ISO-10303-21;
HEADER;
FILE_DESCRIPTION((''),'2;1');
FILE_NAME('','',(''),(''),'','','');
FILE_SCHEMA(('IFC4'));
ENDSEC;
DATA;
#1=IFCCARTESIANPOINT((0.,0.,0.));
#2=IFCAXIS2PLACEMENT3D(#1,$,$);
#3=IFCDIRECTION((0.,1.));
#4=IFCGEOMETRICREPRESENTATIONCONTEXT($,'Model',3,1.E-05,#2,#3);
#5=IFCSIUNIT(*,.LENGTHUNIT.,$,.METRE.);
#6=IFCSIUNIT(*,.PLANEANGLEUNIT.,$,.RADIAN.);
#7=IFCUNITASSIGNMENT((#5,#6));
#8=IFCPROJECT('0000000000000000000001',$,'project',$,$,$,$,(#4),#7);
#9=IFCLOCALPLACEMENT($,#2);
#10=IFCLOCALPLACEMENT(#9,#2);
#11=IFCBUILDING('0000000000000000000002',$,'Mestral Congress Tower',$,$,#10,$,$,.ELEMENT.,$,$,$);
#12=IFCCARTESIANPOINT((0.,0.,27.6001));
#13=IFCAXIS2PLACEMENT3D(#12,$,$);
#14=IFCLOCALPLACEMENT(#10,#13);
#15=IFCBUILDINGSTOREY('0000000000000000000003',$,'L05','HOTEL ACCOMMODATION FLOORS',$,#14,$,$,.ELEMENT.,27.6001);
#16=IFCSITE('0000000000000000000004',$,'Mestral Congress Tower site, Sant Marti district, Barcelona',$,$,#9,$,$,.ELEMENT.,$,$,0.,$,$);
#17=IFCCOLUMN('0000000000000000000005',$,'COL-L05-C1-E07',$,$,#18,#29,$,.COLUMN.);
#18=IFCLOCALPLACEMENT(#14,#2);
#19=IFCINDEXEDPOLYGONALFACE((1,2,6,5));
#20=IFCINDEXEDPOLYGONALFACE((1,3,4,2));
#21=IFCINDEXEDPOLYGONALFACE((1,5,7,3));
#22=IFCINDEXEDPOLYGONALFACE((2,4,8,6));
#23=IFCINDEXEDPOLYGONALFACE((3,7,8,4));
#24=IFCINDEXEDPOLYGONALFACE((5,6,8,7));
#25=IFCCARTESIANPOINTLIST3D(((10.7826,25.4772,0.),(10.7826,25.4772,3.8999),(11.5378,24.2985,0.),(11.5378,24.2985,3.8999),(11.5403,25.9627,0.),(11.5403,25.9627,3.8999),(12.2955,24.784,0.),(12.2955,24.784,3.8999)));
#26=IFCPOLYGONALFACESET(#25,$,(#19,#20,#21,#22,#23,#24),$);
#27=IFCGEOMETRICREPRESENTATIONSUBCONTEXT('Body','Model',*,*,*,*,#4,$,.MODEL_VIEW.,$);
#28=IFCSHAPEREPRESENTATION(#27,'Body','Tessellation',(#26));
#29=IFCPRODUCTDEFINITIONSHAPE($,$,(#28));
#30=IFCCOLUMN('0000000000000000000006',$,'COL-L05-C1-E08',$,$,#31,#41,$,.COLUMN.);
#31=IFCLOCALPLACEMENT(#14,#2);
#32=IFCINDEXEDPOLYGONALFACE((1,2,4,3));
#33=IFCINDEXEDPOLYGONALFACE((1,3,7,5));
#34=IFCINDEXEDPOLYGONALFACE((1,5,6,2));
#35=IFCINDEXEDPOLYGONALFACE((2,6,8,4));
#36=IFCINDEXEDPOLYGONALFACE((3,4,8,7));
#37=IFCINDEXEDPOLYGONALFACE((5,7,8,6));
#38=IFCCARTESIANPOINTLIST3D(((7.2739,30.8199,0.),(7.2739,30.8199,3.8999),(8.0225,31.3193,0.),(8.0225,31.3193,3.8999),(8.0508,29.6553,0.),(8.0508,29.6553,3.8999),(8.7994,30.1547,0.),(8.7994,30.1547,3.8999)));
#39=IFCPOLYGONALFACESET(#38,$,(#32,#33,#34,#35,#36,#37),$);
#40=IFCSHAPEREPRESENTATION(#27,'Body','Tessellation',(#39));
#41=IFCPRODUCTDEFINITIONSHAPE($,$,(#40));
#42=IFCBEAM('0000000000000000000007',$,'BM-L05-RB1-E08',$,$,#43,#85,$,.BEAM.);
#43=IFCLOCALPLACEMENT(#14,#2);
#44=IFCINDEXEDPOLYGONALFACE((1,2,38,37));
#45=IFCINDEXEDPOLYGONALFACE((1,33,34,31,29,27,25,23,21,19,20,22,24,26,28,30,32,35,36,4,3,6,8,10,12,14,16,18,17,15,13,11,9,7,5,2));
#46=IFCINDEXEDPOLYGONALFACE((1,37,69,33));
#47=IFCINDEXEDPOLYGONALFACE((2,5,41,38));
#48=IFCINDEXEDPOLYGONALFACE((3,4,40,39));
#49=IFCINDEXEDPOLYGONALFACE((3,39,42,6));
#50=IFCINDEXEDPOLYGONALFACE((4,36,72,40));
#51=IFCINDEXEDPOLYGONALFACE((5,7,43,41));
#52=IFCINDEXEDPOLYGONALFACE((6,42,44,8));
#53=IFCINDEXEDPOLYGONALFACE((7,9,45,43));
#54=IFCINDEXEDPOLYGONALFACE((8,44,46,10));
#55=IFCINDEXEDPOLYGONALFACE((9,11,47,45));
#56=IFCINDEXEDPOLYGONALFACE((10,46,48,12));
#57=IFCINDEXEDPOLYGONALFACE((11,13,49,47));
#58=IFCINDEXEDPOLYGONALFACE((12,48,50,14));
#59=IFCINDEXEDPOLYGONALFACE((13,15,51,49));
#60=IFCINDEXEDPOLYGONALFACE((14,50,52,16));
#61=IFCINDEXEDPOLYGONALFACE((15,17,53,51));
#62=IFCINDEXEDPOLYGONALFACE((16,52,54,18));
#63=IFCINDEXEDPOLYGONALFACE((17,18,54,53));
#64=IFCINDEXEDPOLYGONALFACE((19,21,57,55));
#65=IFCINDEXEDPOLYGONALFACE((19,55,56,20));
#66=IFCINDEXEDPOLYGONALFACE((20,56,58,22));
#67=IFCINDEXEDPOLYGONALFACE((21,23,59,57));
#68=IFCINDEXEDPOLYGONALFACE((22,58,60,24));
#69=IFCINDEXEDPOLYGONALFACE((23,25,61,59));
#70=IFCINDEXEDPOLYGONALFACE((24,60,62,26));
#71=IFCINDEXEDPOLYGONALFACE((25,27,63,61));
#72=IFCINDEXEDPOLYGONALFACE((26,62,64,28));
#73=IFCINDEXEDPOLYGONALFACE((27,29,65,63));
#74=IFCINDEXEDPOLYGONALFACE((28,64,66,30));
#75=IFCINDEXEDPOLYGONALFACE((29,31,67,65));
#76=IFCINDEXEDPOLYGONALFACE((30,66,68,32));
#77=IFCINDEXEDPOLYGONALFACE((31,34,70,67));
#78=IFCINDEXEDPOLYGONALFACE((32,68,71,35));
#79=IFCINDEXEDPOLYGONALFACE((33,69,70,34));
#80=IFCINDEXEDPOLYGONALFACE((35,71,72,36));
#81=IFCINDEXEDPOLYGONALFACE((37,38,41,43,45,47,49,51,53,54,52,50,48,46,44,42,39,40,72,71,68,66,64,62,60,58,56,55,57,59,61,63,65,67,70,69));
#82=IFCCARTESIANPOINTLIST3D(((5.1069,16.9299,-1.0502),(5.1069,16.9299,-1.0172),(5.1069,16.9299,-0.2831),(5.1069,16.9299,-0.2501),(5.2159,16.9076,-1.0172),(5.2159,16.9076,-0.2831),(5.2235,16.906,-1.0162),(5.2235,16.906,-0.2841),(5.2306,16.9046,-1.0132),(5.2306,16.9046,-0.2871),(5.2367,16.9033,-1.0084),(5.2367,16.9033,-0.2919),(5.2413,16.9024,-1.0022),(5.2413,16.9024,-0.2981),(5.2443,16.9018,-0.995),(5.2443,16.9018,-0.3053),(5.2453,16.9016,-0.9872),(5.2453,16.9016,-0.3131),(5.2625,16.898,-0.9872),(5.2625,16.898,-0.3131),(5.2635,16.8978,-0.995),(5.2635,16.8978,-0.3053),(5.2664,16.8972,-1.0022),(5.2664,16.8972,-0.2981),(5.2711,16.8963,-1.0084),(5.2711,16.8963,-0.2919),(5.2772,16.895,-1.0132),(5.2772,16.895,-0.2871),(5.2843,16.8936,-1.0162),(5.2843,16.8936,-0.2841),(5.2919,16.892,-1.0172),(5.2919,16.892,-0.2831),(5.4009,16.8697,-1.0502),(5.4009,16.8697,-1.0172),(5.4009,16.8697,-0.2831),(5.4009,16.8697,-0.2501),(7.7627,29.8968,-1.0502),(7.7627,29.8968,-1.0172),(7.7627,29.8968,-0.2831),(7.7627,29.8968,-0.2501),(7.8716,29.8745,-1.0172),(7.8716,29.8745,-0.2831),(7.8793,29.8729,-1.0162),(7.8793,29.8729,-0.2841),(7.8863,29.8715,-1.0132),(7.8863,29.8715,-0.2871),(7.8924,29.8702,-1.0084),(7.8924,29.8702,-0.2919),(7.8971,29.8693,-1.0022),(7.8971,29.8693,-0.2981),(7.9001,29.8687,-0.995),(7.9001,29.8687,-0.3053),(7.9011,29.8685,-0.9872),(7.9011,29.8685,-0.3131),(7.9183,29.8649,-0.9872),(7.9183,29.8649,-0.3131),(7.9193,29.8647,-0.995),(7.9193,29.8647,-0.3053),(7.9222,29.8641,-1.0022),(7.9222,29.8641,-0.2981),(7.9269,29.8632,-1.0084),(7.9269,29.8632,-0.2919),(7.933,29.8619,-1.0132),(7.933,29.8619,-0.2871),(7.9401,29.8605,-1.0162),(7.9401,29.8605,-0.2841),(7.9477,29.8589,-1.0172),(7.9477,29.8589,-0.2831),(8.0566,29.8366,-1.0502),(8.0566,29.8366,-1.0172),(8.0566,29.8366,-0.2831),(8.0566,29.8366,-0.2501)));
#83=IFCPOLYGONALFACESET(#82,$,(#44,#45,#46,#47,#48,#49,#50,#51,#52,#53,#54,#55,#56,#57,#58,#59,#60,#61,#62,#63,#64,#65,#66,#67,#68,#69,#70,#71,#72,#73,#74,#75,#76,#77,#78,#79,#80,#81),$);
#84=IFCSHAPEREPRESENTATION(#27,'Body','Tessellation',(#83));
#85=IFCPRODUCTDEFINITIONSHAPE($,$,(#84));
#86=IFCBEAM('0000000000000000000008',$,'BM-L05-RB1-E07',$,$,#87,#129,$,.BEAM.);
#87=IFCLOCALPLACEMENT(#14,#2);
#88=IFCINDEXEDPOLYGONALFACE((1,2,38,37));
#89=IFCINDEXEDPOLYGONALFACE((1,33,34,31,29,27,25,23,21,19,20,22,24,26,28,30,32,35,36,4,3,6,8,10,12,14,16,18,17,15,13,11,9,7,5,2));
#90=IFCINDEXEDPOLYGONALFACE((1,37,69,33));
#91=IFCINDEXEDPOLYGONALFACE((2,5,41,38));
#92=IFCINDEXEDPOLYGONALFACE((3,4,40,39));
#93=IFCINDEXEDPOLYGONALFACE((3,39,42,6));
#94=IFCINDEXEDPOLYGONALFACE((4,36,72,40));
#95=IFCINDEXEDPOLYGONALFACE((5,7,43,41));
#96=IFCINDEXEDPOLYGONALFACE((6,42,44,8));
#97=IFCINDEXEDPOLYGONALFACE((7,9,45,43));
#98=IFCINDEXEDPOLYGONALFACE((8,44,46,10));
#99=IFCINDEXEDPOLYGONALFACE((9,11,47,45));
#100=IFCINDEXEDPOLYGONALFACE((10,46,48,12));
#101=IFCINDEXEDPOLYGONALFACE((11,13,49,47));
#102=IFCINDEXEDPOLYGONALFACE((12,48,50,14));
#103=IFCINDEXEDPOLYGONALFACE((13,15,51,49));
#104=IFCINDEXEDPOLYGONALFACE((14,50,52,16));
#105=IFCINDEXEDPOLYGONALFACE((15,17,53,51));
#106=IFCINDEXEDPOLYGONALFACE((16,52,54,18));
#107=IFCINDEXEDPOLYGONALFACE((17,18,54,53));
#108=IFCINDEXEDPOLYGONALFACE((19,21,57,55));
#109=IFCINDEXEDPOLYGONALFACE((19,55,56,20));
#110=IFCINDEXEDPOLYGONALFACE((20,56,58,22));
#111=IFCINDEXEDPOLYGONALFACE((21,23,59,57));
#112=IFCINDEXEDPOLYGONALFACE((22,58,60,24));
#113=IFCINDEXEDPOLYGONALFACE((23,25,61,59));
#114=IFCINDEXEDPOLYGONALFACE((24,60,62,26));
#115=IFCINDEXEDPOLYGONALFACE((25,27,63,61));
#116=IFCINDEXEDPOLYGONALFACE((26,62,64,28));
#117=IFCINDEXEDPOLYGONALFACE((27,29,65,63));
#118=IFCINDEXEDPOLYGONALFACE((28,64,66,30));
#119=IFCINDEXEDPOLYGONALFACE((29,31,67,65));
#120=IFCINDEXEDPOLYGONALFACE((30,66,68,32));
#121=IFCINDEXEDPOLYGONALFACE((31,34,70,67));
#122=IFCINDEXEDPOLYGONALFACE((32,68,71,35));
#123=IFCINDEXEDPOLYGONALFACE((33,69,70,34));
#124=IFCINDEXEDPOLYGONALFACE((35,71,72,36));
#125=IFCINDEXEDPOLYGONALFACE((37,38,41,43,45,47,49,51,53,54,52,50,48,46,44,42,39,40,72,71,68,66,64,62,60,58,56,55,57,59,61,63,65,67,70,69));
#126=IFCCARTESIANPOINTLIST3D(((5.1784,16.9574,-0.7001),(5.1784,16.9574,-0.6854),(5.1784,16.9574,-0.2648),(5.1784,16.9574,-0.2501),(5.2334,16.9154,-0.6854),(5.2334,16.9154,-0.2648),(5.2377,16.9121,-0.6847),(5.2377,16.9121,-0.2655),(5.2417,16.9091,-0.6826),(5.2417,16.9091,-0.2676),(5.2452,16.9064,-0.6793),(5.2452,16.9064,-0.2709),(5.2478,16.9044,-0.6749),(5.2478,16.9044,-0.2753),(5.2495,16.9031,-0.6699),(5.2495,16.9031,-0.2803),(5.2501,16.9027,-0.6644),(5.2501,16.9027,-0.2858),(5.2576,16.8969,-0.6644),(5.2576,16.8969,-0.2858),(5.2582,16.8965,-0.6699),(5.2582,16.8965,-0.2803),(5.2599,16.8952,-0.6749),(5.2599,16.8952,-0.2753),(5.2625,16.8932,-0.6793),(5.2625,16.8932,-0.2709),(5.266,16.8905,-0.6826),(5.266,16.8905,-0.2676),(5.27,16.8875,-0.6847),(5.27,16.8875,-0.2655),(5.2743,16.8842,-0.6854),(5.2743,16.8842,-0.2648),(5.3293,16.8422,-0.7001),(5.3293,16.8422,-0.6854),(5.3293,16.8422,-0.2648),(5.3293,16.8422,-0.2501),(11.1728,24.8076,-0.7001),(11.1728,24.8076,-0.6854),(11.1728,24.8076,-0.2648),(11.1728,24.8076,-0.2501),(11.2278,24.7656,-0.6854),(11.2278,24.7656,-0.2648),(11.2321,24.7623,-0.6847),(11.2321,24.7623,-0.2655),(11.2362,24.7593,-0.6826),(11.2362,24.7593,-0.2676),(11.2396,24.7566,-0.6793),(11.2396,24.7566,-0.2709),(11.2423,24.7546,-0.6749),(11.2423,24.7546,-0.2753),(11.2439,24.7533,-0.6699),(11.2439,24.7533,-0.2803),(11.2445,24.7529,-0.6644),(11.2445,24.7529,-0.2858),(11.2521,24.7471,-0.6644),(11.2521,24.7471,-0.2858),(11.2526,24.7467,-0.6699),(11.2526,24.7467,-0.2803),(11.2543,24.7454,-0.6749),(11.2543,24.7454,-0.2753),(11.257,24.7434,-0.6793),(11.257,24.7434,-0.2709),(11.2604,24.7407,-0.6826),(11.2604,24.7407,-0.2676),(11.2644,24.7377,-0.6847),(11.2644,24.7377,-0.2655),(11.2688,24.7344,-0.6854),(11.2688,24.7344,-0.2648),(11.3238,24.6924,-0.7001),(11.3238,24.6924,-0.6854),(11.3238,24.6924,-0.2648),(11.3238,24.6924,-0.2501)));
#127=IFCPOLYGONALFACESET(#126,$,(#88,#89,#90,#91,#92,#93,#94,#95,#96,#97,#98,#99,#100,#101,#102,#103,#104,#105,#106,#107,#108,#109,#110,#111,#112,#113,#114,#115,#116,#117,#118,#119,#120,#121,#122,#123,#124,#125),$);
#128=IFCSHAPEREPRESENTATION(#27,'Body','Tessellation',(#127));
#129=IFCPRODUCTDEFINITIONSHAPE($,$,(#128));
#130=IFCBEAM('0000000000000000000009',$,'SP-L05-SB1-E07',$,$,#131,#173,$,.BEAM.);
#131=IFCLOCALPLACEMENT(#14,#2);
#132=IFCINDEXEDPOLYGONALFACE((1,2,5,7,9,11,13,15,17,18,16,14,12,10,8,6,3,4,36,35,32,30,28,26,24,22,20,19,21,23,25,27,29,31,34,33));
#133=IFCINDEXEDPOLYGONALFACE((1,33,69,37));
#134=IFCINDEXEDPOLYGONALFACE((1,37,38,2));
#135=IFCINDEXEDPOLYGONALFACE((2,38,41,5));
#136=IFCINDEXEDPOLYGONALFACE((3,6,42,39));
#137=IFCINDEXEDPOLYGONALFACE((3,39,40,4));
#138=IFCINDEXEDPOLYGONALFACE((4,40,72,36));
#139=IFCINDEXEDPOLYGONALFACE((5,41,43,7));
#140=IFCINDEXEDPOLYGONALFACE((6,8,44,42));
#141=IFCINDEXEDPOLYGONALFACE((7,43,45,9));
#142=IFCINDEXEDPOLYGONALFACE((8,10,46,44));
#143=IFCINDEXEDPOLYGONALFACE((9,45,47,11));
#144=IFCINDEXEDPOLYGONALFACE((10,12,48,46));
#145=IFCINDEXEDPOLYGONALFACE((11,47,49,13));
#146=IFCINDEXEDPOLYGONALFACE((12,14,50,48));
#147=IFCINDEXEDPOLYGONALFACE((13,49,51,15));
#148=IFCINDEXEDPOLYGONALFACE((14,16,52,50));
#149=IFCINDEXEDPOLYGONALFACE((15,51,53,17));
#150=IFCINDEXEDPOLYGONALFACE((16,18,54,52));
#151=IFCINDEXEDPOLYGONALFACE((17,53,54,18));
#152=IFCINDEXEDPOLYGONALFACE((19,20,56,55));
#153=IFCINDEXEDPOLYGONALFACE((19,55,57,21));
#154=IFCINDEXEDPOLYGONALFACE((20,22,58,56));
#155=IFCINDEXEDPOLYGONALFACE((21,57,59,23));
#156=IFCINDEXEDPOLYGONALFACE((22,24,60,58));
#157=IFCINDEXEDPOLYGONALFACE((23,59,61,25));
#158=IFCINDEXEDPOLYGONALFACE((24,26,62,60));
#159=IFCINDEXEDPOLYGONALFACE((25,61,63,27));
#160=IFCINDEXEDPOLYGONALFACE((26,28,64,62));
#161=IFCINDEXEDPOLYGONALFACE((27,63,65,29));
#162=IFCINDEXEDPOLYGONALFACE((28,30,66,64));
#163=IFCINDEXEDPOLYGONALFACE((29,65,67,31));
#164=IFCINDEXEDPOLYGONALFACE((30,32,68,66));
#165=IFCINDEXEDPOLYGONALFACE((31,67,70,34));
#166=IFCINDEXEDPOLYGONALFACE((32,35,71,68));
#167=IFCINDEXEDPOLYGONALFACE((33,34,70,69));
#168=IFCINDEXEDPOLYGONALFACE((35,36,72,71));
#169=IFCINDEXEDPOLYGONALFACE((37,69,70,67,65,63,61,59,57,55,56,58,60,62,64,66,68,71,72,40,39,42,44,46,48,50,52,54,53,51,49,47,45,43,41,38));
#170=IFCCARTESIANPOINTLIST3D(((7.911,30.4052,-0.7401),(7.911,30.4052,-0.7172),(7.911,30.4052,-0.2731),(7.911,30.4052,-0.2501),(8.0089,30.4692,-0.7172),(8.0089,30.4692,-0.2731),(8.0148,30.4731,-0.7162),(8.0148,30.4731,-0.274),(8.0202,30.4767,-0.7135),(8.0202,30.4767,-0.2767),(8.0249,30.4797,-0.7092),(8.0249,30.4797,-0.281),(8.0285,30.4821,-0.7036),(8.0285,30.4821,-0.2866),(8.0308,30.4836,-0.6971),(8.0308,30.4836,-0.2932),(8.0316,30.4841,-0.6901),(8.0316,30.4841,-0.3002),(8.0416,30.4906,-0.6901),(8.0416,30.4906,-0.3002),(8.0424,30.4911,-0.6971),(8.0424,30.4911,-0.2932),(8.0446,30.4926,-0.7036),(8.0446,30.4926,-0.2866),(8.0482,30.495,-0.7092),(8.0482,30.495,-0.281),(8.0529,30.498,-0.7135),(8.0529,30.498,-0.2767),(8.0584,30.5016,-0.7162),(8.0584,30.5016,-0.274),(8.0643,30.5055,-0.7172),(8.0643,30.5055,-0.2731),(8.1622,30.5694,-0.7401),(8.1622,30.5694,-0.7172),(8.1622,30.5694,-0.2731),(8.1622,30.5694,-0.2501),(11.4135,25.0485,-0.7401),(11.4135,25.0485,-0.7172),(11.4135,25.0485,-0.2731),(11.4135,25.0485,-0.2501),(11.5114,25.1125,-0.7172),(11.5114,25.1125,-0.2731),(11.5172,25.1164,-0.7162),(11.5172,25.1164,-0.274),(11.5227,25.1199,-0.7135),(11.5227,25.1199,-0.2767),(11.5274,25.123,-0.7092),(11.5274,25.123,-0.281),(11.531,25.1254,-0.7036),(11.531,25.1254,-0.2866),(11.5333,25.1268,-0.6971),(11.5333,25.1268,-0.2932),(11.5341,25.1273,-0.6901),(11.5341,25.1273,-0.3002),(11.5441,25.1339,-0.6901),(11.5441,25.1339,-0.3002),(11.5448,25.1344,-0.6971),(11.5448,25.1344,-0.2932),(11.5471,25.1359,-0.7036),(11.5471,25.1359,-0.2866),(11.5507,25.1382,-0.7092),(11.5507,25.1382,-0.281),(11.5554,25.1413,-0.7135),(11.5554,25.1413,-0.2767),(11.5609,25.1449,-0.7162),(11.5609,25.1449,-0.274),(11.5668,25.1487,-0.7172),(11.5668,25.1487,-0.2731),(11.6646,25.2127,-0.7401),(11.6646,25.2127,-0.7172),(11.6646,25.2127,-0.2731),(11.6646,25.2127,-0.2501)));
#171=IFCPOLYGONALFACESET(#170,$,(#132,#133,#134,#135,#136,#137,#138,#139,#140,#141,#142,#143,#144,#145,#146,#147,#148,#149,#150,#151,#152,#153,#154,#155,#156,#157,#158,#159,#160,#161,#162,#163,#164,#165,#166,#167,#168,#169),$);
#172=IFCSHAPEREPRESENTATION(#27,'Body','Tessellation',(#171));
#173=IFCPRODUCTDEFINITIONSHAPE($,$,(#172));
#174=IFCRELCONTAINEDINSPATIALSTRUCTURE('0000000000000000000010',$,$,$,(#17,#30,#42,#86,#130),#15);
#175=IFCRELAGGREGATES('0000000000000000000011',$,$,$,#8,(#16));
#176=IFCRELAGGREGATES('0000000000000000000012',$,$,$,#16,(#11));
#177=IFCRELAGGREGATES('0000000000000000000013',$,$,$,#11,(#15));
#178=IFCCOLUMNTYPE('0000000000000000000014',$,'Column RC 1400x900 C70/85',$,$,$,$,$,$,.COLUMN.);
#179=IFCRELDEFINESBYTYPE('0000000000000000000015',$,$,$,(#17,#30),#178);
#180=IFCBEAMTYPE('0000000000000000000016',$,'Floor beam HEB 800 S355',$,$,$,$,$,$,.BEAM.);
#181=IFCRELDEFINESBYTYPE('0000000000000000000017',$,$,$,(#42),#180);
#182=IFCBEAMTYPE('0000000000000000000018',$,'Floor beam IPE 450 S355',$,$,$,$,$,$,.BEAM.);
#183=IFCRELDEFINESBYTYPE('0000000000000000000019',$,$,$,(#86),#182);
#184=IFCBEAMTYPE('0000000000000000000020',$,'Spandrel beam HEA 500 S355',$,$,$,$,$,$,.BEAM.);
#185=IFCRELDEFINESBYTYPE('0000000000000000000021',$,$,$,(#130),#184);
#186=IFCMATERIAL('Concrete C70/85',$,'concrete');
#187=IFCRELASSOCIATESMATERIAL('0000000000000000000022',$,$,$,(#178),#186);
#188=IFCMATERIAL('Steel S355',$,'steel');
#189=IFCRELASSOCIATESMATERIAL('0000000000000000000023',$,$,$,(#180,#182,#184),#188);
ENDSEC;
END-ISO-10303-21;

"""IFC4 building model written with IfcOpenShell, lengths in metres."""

from ifc_helpers import new_model, si_unit, direction, frame, origin, origin_2d, place, context, subcontext, project, spatial, rectangle, i_section, extrude, material, material_profile, profile_set, type_object, element, save


model = new_model("IFC4")

# Units and contexts
model_context = context("Model", 3, precision=1e-05, world=origin(), true_north=direction((0.0, 1.0)))
body_context = subcontext(model_context, "Body", "Model", "MODEL_VIEW")
ifc_project = project(units=[si_unit("LENGTHUNIT", "METRE"), si_unit("PLANEANGLEUNIT", "RADIAN")], contexts=[model_context])

# Site, building, storey
site_placement = place(None, origin())
site = spatial("IfcSite", under=ifc_project, at=site_placement, Name="Mestral Congress Tower site, Sant Marti district, Barcelona", CompositionType="ELEMENT", RefElevation=0.0)
building_placement = place(site_placement, origin())
building = spatial("IfcBuilding", under=site, at=building_placement, Name="Mestral Congress Tower", CompositionType="ELEMENT")
storey_placement = place(building_placement, frame((0.0, 0.0, 27.6001)))
storey = spatial("IfcBuildingStorey", under=building, at=storey_placement, Name="L05", Description="HOTEL ACCOMMODATION FLOORS", CompositionType="ELEMENT", Elevation=27.6001)

# Columns
ifc_material_1 = material(Name="Concrete C70/85", Category="concrete")
ifc_material_profile_1 = material_profile(ifc_material_1, rectangle(XDim=1.3999, YDim=0.8999, at=origin_2d()), Name="RC 1400x900")
ifc_profile_set_1 = profile_set([ifc_material_profile_1], Name="Concrete C70/85")
column_type = type_object("IfcColumnType", Name="Column RC 1400x900 C70/85", PredefinedType="COLUMN", material=ifc_profile_set_1)
for number, where, z_axis, x_axis, name in (
    (1, (11.5391, 25.1306, 0.0), (0.0, 0.0, 1.0), (-0.539476, 0.842001, 0.0), "COL-L05-C1-E07"),
    (2, (8.0366, 30.4873, 0.0), (0.0, 0.0, 1.0), (-0.554949, 0.831884, 0.0), "COL-L05-C1-E08"),
):
    element("IfcColumn", number, at=place(storey_placement, frame(where, z_axis=z_axis, x_axis=x_axis)), inside=storey, type_object=column_type, Name=name, PredefinedType="COLUMN", context=body_context, shape_type="SweptSolid", body=[
        extrude(rectangle(XDim=1.3999, YDim=0.8999, at=origin_2d()), origin(), (0.0, 0.0, 1.0), 3.8999),
    ])

# Beams
ifc_material_2 = material(Name="Steel S355", Category="steel")
ifc_material_profile_2 = material_profile(ifc_material_2, i_section(OverallWidth=0.3, OverallDepth=0.8, WebThickness=0.0176, FlangeThickness=0.033, FilletRadius=0.03, at=origin_2d()), Name="HEB 800")
ifc_profile_set_2 = profile_set([ifc_material_profile_2], Name="Steel S355")
beam_type_1 = type_object("IfcBeamType", Name="Floor beam HEB 800 S355", PredefinedType="BEAM", material=ifc_profile_set_2)
beam_1_placement = place(storey_placement, frame((7.9097, 29.8667, -0.6501), z_axis=(-0.200647, -0.979664, 0.0), x_axis=(0.979664, -0.200647, 0.0)))
element("IfcBeam", 3, at=beam_1_placement, inside=storey, type_object=beam_type_1, Name="BM-L05-RB1-E08", PredefinedType="BEAM", context=body_context, shape_type="SweptSolid", body=[
    extrude(i_section(OverallWidth=0.3, OverallDepth=0.8, WebThickness=0.0176, FlangeThickness=0.033, FilletRadius=0.03, at=origin_2d()), origin(), (0.0, 0.0, 1.0), 13.2361),
])
ifc_material_profile_3 = material_profile(ifc_material_2, i_section(OverallWidth=0.1899, OverallDepth=0.45, WebThickness=0.0095, FlangeThickness=0.0146, FilletRadius=0.021, at=origin_2d()), Name="IPE 450")
ifc_profile_set_3 = profile_set([ifc_material_profile_3], Name="Steel S355")
beam_type_2 = type_object("IfcBeamType", Name="Floor beam IPE 450 S355", PredefinedType="BEAM", material=ifc_profile_set_3)
beam_2_placement = place(storey_placement, frame((11.2483, 24.75, -0.4751), z_axis=(-0.606899, -0.794779, 0.0), x_axis=(0.794779, -0.606899, 0.0)))
element("IfcBeam", 4, at=beam_2_placement, inside=storey, type_object=beam_type_2, Name="BM-L05-RB1-E07", PredefinedType="BEAM", context=body_context, shape_type="SweptSolid", body=[
    extrude(i_section(OverallWidth=0.1899, OverallDepth=0.45, WebThickness=0.0095, FlangeThickness=0.0146, FilletRadius=0.021, at=origin_2d()), origin(), (0.0, 0.0, 1.0), 9.8772),
])
ifc_material_profile_4 = material_profile(ifc_material_2, i_section(OverallWidth=0.3, OverallDepth=0.49, WebThickness=0.012, FlangeThickness=0.0229, FilletRadius=0.0271, at=origin_2d()), Name="HEA 500")
ifc_profile_set_4 = profile_set([ifc_material_profile_4], Name="Steel S355")
beam_type_3 = type_object("IfcBeamType", Name="Spandrel beam HEA 500 S355", PredefinedType="BEAM", material=ifc_profile_set_4)
beam_3_placement = place(storey_placement, frame((11.5391, 25.1306, -0.4951), z_axis=(-0.547248, 0.83697, 0.0), x_axis=(-0.83697, -0.547248, 0.0)))
element("IfcBeam", 5, at=beam_3_placement, inside=storey, type_object=beam_type_3, Name="SP-L05-SB1-E07", PredefinedType="BEAM", context=body_context, shape_type="SweptSolid", body=[
    extrude(i_section(OverallWidth=0.3, OverallDepth=0.49, WebThickness=0.012, FlangeThickness=0.0229, FilletRadius=0.0271, at=origin_2d()), origin(), (0.0, 0.0, 1.0), 6.4001),
])

save(model, "model.ifc")
